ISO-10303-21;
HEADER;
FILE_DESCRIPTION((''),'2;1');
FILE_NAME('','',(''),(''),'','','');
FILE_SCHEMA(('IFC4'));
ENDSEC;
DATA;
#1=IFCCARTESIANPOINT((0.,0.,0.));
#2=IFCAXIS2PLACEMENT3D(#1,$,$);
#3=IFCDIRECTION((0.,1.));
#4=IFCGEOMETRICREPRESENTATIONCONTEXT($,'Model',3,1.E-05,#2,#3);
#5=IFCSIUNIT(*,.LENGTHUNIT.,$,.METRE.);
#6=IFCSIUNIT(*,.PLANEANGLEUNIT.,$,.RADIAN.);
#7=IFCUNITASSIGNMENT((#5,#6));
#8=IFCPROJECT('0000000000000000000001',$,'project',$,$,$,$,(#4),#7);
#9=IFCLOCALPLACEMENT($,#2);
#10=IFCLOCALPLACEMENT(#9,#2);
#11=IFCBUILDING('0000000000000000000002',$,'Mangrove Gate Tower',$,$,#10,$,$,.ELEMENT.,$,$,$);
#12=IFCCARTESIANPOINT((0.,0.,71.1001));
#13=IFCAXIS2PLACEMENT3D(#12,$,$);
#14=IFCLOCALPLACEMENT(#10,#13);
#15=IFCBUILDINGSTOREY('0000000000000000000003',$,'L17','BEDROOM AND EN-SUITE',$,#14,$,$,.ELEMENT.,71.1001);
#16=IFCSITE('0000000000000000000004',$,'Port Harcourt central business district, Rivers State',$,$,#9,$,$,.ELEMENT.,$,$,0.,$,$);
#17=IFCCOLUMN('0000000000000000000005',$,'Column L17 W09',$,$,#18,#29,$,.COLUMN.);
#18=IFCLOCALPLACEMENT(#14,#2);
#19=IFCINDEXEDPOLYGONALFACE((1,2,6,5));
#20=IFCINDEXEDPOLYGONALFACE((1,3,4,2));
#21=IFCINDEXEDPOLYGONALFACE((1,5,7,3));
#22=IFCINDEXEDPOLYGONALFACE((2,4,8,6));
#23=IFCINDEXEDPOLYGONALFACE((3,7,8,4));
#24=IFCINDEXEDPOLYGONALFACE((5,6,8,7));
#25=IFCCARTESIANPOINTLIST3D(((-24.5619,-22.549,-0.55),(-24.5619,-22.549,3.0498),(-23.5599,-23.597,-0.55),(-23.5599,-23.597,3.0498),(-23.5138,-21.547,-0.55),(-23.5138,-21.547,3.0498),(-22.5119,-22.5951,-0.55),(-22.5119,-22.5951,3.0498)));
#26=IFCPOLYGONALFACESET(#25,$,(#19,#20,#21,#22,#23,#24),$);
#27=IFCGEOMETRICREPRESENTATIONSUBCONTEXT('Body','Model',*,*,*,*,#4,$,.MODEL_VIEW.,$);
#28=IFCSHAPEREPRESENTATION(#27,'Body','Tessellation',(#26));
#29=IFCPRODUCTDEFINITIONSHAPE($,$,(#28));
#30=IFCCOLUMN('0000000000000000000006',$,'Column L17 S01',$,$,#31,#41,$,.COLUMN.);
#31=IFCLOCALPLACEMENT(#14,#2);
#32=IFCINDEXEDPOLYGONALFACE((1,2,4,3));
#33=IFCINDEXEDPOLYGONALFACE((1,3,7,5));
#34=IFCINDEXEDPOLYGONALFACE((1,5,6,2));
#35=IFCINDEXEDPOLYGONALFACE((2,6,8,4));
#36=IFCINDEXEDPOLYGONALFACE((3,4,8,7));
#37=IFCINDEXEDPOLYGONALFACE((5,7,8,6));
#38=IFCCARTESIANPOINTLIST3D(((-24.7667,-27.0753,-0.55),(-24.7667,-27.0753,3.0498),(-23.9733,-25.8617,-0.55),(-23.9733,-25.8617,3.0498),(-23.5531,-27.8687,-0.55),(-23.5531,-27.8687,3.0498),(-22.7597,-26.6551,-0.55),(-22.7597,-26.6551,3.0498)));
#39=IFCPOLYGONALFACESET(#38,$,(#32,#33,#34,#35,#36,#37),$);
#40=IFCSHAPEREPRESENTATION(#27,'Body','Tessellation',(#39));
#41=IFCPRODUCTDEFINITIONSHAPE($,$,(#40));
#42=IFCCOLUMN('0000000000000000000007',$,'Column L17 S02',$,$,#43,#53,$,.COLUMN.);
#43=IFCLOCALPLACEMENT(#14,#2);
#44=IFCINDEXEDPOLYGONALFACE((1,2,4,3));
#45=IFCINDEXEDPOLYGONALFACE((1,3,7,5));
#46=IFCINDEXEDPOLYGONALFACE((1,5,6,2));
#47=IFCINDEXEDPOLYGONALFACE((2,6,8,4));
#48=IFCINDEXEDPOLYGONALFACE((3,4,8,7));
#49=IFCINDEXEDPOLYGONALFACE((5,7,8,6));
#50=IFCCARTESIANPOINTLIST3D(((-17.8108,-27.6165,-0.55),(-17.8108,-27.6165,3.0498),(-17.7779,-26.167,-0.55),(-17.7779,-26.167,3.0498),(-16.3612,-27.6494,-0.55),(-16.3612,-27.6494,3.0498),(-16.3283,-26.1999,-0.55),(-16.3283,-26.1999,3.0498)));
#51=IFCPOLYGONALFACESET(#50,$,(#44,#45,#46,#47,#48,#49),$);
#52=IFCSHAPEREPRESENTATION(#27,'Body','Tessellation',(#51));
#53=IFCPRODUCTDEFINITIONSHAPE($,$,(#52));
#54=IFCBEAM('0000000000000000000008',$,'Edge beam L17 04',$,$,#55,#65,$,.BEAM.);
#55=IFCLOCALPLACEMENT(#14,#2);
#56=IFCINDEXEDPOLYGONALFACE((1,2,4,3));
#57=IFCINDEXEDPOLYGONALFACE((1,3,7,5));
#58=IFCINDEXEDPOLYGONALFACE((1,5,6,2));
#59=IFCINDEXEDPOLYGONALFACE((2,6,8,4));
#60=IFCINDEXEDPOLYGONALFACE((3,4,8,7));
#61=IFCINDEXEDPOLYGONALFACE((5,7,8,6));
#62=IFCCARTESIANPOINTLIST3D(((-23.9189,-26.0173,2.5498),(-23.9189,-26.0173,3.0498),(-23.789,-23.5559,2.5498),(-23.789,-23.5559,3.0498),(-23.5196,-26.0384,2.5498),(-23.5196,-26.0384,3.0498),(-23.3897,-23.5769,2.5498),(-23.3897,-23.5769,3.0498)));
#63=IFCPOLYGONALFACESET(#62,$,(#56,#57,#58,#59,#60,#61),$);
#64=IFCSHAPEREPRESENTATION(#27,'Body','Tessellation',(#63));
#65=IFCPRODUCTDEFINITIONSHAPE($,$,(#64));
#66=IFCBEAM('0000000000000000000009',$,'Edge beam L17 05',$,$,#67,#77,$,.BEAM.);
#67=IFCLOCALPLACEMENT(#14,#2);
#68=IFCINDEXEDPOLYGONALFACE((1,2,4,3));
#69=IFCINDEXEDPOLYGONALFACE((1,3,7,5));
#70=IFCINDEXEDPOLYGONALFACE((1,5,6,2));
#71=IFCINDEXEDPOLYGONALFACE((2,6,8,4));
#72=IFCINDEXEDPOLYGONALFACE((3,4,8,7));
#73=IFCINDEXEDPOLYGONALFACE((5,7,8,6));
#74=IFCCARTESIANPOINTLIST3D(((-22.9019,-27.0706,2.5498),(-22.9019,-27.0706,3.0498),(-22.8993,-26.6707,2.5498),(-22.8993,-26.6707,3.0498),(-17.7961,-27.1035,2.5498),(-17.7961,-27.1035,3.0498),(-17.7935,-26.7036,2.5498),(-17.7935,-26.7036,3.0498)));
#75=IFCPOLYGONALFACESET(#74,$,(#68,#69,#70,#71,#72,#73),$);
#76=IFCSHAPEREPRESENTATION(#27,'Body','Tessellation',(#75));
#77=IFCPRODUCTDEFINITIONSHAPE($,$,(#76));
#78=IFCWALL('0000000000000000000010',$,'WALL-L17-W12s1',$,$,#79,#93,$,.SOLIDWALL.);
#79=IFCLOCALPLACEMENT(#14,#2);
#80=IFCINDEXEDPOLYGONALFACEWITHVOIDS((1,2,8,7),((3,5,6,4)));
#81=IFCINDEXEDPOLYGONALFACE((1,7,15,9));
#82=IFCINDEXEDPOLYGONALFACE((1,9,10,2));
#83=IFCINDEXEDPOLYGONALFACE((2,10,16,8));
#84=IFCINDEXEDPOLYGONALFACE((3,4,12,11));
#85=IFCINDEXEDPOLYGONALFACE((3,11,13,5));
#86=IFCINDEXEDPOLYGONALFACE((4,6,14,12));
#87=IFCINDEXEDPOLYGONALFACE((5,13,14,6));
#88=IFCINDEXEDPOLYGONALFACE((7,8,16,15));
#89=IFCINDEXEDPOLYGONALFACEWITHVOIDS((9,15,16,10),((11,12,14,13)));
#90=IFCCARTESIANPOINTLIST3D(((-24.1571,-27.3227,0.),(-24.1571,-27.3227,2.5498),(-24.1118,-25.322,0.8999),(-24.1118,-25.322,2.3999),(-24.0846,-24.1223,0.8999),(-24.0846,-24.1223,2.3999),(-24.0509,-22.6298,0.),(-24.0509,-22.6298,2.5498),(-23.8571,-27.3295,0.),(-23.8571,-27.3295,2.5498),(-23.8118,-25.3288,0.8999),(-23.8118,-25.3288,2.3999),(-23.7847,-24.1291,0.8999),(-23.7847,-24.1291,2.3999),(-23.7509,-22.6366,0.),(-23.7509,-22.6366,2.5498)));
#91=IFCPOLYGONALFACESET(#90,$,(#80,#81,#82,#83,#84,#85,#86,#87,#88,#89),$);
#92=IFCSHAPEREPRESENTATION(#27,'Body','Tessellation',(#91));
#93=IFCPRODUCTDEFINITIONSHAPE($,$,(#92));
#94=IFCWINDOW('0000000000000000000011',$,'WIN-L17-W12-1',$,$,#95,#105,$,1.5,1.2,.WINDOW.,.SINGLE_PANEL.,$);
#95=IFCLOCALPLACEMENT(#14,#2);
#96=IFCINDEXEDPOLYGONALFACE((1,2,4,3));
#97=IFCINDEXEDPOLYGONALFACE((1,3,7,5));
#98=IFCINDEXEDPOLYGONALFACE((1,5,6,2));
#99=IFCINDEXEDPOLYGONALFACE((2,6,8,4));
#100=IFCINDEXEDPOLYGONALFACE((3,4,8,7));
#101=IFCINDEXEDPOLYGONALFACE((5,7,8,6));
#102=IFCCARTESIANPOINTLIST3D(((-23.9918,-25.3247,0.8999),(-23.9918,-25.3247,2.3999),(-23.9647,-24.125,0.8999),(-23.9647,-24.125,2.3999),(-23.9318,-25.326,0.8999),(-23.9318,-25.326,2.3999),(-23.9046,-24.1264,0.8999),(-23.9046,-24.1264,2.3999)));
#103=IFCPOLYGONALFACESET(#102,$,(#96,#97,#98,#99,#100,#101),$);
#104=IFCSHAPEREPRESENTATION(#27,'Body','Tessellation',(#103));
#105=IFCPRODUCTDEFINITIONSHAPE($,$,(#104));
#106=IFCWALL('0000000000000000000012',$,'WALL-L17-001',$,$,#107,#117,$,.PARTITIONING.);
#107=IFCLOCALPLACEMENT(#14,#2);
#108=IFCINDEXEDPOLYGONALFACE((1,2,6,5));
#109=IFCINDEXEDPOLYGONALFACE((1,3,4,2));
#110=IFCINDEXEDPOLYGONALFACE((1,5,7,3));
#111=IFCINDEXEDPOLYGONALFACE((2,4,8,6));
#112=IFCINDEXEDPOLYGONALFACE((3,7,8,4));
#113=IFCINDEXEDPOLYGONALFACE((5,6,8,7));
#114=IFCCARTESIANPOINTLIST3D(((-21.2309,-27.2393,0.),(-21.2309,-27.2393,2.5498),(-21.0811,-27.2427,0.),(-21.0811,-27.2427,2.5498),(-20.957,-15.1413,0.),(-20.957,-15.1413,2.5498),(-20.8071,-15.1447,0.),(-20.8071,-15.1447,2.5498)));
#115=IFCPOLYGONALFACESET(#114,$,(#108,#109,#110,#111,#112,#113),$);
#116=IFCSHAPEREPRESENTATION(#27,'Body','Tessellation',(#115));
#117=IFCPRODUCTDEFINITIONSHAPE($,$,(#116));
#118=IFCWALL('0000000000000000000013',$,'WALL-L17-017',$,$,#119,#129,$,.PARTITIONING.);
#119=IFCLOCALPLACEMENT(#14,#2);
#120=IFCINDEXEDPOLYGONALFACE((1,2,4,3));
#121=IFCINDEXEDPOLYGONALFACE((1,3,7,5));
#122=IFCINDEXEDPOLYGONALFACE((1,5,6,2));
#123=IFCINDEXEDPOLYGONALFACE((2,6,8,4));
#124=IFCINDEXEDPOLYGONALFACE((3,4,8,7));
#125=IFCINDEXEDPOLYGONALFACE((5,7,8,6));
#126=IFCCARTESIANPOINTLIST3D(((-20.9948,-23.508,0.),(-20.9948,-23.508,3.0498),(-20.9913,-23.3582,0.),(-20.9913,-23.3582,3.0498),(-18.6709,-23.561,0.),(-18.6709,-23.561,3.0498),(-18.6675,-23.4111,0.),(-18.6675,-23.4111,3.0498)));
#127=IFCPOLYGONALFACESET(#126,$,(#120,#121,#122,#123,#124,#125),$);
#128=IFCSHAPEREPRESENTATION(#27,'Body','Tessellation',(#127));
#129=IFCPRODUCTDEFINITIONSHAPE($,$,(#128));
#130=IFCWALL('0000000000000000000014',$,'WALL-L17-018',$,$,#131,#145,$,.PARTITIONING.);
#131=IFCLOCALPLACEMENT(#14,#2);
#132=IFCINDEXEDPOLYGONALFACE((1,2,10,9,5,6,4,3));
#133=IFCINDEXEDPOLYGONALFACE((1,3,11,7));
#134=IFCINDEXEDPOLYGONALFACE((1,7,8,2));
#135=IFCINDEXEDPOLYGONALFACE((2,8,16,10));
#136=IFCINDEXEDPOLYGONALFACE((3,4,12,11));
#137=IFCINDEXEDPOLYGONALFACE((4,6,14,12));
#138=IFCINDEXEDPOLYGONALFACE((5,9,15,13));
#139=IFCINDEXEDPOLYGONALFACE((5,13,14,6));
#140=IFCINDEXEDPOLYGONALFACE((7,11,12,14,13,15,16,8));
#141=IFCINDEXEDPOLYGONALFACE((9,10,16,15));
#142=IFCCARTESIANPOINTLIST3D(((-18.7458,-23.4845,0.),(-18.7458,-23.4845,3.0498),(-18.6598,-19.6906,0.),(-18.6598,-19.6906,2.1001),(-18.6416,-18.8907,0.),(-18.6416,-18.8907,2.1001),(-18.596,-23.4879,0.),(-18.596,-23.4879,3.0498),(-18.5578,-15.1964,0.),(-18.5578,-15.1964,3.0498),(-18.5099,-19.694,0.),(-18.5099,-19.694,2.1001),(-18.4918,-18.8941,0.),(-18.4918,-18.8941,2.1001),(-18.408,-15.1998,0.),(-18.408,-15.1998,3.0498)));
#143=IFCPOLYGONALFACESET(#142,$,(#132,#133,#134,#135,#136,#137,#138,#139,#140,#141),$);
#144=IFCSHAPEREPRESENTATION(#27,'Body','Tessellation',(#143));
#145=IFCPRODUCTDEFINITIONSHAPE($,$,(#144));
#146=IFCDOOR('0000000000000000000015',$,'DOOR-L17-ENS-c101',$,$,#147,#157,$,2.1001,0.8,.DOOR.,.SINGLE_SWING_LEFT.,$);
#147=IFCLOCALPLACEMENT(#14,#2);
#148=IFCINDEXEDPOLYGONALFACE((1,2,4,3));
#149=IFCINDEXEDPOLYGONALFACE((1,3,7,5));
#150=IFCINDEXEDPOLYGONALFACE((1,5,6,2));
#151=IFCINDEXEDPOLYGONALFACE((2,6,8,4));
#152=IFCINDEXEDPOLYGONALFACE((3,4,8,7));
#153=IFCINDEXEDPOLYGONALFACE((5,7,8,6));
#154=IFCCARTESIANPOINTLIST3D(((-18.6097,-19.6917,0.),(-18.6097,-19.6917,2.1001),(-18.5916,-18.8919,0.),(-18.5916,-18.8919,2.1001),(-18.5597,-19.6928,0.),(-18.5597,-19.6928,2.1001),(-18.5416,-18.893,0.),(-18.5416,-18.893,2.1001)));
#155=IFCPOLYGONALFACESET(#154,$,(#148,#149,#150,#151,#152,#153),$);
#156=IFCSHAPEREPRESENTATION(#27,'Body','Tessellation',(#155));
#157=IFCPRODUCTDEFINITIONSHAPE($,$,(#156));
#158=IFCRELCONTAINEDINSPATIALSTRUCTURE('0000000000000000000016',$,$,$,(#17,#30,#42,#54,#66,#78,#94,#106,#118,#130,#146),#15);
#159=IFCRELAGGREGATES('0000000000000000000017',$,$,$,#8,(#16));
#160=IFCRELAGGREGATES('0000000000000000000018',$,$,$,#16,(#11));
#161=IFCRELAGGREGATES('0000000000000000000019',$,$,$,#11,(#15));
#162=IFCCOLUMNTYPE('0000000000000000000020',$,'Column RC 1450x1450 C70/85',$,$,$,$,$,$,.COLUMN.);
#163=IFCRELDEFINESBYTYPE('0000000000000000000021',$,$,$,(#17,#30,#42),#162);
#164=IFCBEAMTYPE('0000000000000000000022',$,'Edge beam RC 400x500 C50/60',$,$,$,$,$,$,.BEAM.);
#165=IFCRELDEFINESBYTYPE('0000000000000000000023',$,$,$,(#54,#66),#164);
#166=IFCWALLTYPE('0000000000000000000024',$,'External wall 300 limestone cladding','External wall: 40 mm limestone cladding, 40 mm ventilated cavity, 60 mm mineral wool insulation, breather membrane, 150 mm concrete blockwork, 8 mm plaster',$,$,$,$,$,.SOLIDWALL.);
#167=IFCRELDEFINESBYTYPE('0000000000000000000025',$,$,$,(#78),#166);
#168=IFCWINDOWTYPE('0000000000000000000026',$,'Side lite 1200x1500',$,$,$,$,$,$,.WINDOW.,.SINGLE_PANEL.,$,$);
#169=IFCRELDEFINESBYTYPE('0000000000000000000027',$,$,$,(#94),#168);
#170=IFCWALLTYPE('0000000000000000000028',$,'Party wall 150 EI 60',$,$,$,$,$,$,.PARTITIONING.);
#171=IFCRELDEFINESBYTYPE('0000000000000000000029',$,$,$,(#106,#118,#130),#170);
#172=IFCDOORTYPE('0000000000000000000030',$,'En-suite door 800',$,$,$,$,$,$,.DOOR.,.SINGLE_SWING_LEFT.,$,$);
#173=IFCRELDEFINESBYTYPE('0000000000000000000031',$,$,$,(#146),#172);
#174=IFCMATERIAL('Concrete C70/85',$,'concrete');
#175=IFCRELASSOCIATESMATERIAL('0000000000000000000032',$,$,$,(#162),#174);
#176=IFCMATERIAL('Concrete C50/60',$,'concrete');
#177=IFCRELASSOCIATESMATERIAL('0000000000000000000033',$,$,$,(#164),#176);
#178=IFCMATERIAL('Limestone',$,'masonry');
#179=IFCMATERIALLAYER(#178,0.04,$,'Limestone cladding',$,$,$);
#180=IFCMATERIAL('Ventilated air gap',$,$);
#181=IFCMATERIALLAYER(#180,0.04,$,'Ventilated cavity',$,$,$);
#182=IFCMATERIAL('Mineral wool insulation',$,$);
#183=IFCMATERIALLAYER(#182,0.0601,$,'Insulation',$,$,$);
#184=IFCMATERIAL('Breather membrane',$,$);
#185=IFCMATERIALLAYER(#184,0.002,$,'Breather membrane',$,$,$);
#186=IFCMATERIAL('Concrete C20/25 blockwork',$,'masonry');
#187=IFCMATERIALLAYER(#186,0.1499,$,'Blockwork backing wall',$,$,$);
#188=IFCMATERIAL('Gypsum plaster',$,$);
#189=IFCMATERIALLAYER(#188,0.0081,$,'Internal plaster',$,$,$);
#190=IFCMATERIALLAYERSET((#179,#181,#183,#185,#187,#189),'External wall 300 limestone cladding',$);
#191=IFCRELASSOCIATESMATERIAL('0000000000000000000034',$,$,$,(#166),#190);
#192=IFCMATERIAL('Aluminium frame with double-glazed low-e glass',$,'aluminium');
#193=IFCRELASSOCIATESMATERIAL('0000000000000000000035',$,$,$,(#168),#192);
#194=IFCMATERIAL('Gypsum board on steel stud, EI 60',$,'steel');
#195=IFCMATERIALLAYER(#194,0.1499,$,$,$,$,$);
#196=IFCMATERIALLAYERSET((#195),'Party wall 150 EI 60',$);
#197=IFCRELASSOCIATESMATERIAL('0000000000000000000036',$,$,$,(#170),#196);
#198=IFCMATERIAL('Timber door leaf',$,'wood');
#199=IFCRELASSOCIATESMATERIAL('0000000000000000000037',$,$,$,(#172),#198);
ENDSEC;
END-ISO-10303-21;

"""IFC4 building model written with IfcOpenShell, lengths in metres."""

from ifc_helpers import new_model, si_unit, direction, frame, frame_2d, origin, origin_2d, place, context, subcontext, project, spatial, rectangle, extrude, material, layer, layer_set, material_profile, profile_set, type_object, element, fill, save


model = new_model("IFC4")

# Units and contexts
model_context = context("Model", 3, precision=1e-05, world=origin(), true_north=direction((0.0, 1.0)))
body_context = subcontext(model_context, "Body", "Model", "MODEL_VIEW")
ifc_project = project(units=[si_unit("LENGTHUNIT", "METRE"), si_unit("PLANEANGLEUNIT", "RADIAN")], contexts=[model_context])

# Site, building, storey
site_placement = place(None, origin())
site = spatial("IfcSite", under=ifc_project, at=site_placement, Name="Port Harcourt central business district, Rivers State", CompositionType="ELEMENT", RefElevation=0.0)
building_placement = place(site_placement, origin())
building = spatial("IfcBuilding", under=site, at=building_placement, Name="Mangrove Gate Tower", CompositionType="ELEMENT")
storey_placement = place(building_placement, frame((0.0, 0.0, 71.1001)))
storey = spatial("IfcBuildingStorey", under=building, at=storey_placement, Name="L17", Description="BEDROOM AND EN-SUITE", CompositionType="ELEMENT", Elevation=71.1001)

# Columns
ifc_material_1 = material(Name="Concrete C70/85", Category="concrete")
ifc_material_profile_1 = material_profile(ifc_material_1, rectangle(XDim=1.45, YDim=1.45, at=origin_2d()))
ifc_profile_set_1 = profile_set([ifc_material_profile_1], Name="Concrete C70/85")
column_type = type_object("IfcColumnType", Name="Column RC 1450x1450 C70/85", PredefinedType="COLUMN", material=ifc_profile_set_1)
for number, where, z_axis, x_axis, name in (
    (1, (-23.5369, -22.572, -0.55), (0.0, 0.0, 1.0), (0.691018, -0.722837, 0.0), "Column L17 W09"),
    (2, (-23.7632, -26.8652, -0.55), (0.0, 0.0, 1.0), (0.837001, -0.547201, 0.0), "Column L17 S01"),
    (3, (-17.0696, -26.9082, -0.55), (0.0, 0.0, 1.0), (0.999743, -0.022681, 0.0), "Column L17 S02"),
):
    element("IfcColumn", number, at=place(storey_placement, frame(where, z_axis=z_axis, x_axis=x_axis)), inside=storey, type_object=column_type, Name=name, PredefinedType="COLUMN", context=body_context, shape_type="SweptSolid", body=[
        extrude(rectangle(XDim=1.45, YDim=1.45, at=origin_2d()), origin(), (0.0, 0.0, 1.0), 3.5999),
    ])

# Beams
ifc_material_2 = material(Name="Concrete C50/60", Category="concrete")
ifc_material_profile_2 = material_profile(ifc_material_2, rectangle(XDim=0.3999, YDim=0.5, at=origin_2d()))
ifc_profile_set_2 = profile_set([ifc_material_profile_2], Name="Concrete C50/60")
beam_type = type_object("IfcBeamType", Name="Edge beam RC 400x500 C50/60", PredefinedType="BEAM", material=ifc_profile_set_2)
beam_1_placement = place(storey_placement, frame((-23.5894, -23.5664, 2.7998), z_axis=(-0.052694, -0.998611, 0.0), x_axis=(0.998611, -0.052694, 0.0)))
element("IfcBeam", 4, at=beam_1_placement, inside=storey, type_object=beam_type, Name="Edge beam L17 04", PredefinedType="BEAM", context=body_context, shape_type="SweptSolid", body=[
    extrude(rectangle(XDim=0.3999, YDim=0.5, at=origin_2d()), origin(), (0.0, 0.0, 1.0), 2.4648),
])
beam_2_placement = place(storey_placement, frame((-22.9006, -26.8706, 2.7998), z_axis=(0.999979, -0.006455, 0.0), x_axis=(0.006455, 0.999979, 0.0)))
element("IfcBeam", 5, at=beam_2_placement, inside=storey, type_object=beam_type, Name="Edge beam L17 05", PredefinedType="BEAM", context=body_context, shape_type="SweptSolid", body=[
    extrude(rectangle(XDim=0.3999, YDim=0.5, at=origin_2d()), origin(), (0.0, 0.0, 1.0), 5.106),
])

# Wall, opening, window
ifc_material_3 = material(Name="Limestone", Category="masonry")
ifc_layer_1 = layer(ifc_material_3, 0.04, Name="Limestone cladding")
ifc_material_4 = material(Name="Ventilated air gap")
ifc_layer_2 = layer(ifc_material_4, 0.04, Name="Ventilated cavity")
ifc_material_5 = material(Name="Mineral wool insulation")
ifc_layer_3 = layer(ifc_material_5, 0.0601, Name="Insulation")
ifc_material_6 = material(Name="Breather membrane")
ifc_layer_4 = layer(ifc_material_6, 0.002, Name="Breather membrane")
ifc_material_7 = material(Name="Concrete C20/25 blockwork", Category="masonry")
ifc_layer_5 = layer(ifc_material_7, 0.1499, Name="Blockwork backing wall")
ifc_material_8 = material(Name="Gypsum plaster")
ifc_layer_6 = layer(ifc_material_8, 0.0081, Name="Internal plaster")
ifc_layer_set_1 = layer_set([ifc_layer_1, ifc_layer_2, ifc_layer_3, ifc_layer_4, ifc_layer_5, ifc_layer_6], Name="External wall 300 limestone cladding")
wall_type_1 = type_object("IfcWallType", Name="External wall 300 limestone cladding", Description="External wall: 40 mm limestone cladding, 40 mm ventilated cavity, 60 mm mineral wool insulation, breather membrane, 150 mm concrete blockwork, 8 mm plaster", PredefinedType="SOLIDWALL", material=ifc_layer_set_1)
wall_1_placement = place(storey_placement, frame((-23.9009, -22.6331, 0.0), z_axis=(0.0, 0.0, 1.0), x_axis=(-0.022625, -0.999744, 0.0)))
wall_1 = element("IfcWall", 6, at=wall_1_placement, inside=storey, type_object=wall_type_1, Name="WALL-L17-W12s1", PredefinedType="SOLIDWALL", context=body_context, shape_type="SweptSolid", body=[
    extrude(rectangle(XDim=4.6941, YDim=0.3, at=frame_2d((2.3472, 0.0))), origin(), (0.0, 0.0, 1.0), 2.5498),
])
opening_1_placement = place(wall_1_placement, frame((1.4929, 0.0, 0.8999)))
opening_1 = element("IfcOpeningElement", 7, at=opening_1_placement, cuts=wall_1, PredefinedType="OPENING", context=body_context, shape_type="SweptSolid", body=[
    extrude(rectangle(XDim=1.2, YDim=1.5, at=frame_2d((0.6001, 0.75))), frame((0.0, 0.1599, 0.0), z_axis=(0.0, -1.0, 0.0), x_axis=(1.0, 0.0, 0.0)), (0.0, 0.0, 1.0), 0.3201),
])
ifc_material_9 = material(Name="Aluminium frame with double-glazed low-e glass", Category="aluminium")
window_type = type_object("IfcWindowType", Name="Side lite 1200x1500", PartitioningType="SINGLE_PANEL", PredefinedType="WINDOW", material=ifc_material_9)
window_placement = place(opening_1_placement, origin())
window = element("IfcWindow", 8, at=window_placement, inside=storey, type_object=window_type, Name="WIN-L17-W12-1", OverallHeight=1.5, OverallWidth=1.2, PartitioningType="SINGLE_PANEL", PredefinedType="WINDOW", context=body_context, shape_type="SweptSolid", body=[
    extrude(rectangle(XDim=1.2, YDim=1.5, at=frame_2d((0.6001, 0.75))), frame((0.0, 0.03, 0.0), z_axis=(0.0, -1.0, 0.0), x_axis=(1.0, 0.0, 0.0)), (0.0, 0.0, 1.0), 0.0601),
])
fill(opening_1, window)

# Walls
ifc_material_10 = material(Name="Gypsum board on steel stud, EI 60", Category="steel")
ifc_layer_7 = layer(ifc_material_10, 0.1499)
ifc_layer_set_2 = layer_set([ifc_layer_7], Name="Party wall 150 EI 60")
wall_type_2 = type_object("IfcWallType", Name="Party wall 150 EI 60", PredefinedType="PARTITIONING", material=ifc_layer_set_2)
wall_2_placement = place(storey_placement, frame((-21.156, -27.241, 0.0), z_axis=(0.0, 0.0, 1.0), x_axis=(0.022637, 0.999744, 0.0)))
element("IfcWall", 9, at=wall_2_placement, inside=storey, type_object=wall_type_2, Name="WALL-L17-001", PredefinedType="PARTITIONING", context=body_context, shape_type="SweptSolid", body=[
    extrude(rectangle(XDim=12.1011, YDim=0.1499, at=frame_2d((6.0505, 0.0))), origin(), (0.0, 0.0, 1.0), 2.5498),
])
wall_3_placement = place(storey_placement, frame((-20.9929, -23.4331, 0.0), z_axis=(0.0, 0.0, 1.0), x_axis=(0.99974, -0.022791, 0.0)))
element("IfcWall", 10, at=wall_3_placement, inside=storey, type_object=wall_type_2, Name="WALL-L17-017", PredefinedType="PARTITIONING", context=body_context, shape_type="SweptSolid", body=[
    extrude(rectangle(XDim=2.3245, YDim=0.1499, at=frame_2d((1.1621, 0.0))), origin(), (0.0, 0.0, 1.0), 3.0498),
])

# Wall, opening, door
wall_4_placement = place(storey_placement, frame((-18.6709, -23.4861, 0.0), z_axis=(0.0, 0.0, 1.0), x_axis=(0.022676, 0.999743, 0.0)))
wall_4 = element("IfcWall", 11, at=wall_4_placement, inside=storey, type_object=wall_type_2, Name="WALL-L17-018", PredefinedType="PARTITIONING", context=body_context, shape_type="SweptSolid", body=[
    extrude(rectangle(XDim=8.2903, YDim=0.1499, at=frame_2d((4.145, 0.0))), origin(), (0.0, 0.0, 1.0), 3.0498),
])
opening_2_placement = place(wall_4_placement, frame((3.7949, 0.0, 0.0)))
opening_2 = element("IfcOpeningElement", 12, at=opening_2_placement, cuts=wall_4, PredefinedType="OPENING", context=body_context, shape_type="SweptSolid", body=[
    extrude(rectangle(XDim=0.8, YDim=2.1001, at=frame_2d((0.3999, 1.05))), frame((0.0, 0.085, 0.0), z_axis=(0.0, -1.0, 0.0), x_axis=(1.0, 0.0, 0.0)), (0.0, 0.0, 1.0), 0.1699),
])
ifc_material_11 = material(Name="Timber door leaf", Category="wood")
door_type = type_object("IfcDoorType", Name="En-suite door 800", OperationType="SINGLE_SWING_LEFT", PredefinedType="DOOR", material=ifc_material_11)
door_placement = place(opening_2_placement, origin())
door = element("IfcDoor", 13, at=door_placement, inside=storey, type_object=door_type, Name="DOOR-L17-ENS-c101", OperationType="SINGLE_SWING_LEFT", OverallHeight=2.1001, OverallWidth=0.8, PredefinedType="DOOR", context=body_context, shape_type="SweptSolid", body=[
    extrude(rectangle(XDim=0.8, YDim=2.1001, at=frame_2d((0.3999, 1.05))), frame((0.0, 0.0249, 0.0), z_axis=(0.0, -1.0, 0.0), x_axis=(1.0, 0.0, 0.0)), (0.0, 0.0, 1.0), 0.05),
])
fill(opening_2, door)

save(model, "model.ifc")
